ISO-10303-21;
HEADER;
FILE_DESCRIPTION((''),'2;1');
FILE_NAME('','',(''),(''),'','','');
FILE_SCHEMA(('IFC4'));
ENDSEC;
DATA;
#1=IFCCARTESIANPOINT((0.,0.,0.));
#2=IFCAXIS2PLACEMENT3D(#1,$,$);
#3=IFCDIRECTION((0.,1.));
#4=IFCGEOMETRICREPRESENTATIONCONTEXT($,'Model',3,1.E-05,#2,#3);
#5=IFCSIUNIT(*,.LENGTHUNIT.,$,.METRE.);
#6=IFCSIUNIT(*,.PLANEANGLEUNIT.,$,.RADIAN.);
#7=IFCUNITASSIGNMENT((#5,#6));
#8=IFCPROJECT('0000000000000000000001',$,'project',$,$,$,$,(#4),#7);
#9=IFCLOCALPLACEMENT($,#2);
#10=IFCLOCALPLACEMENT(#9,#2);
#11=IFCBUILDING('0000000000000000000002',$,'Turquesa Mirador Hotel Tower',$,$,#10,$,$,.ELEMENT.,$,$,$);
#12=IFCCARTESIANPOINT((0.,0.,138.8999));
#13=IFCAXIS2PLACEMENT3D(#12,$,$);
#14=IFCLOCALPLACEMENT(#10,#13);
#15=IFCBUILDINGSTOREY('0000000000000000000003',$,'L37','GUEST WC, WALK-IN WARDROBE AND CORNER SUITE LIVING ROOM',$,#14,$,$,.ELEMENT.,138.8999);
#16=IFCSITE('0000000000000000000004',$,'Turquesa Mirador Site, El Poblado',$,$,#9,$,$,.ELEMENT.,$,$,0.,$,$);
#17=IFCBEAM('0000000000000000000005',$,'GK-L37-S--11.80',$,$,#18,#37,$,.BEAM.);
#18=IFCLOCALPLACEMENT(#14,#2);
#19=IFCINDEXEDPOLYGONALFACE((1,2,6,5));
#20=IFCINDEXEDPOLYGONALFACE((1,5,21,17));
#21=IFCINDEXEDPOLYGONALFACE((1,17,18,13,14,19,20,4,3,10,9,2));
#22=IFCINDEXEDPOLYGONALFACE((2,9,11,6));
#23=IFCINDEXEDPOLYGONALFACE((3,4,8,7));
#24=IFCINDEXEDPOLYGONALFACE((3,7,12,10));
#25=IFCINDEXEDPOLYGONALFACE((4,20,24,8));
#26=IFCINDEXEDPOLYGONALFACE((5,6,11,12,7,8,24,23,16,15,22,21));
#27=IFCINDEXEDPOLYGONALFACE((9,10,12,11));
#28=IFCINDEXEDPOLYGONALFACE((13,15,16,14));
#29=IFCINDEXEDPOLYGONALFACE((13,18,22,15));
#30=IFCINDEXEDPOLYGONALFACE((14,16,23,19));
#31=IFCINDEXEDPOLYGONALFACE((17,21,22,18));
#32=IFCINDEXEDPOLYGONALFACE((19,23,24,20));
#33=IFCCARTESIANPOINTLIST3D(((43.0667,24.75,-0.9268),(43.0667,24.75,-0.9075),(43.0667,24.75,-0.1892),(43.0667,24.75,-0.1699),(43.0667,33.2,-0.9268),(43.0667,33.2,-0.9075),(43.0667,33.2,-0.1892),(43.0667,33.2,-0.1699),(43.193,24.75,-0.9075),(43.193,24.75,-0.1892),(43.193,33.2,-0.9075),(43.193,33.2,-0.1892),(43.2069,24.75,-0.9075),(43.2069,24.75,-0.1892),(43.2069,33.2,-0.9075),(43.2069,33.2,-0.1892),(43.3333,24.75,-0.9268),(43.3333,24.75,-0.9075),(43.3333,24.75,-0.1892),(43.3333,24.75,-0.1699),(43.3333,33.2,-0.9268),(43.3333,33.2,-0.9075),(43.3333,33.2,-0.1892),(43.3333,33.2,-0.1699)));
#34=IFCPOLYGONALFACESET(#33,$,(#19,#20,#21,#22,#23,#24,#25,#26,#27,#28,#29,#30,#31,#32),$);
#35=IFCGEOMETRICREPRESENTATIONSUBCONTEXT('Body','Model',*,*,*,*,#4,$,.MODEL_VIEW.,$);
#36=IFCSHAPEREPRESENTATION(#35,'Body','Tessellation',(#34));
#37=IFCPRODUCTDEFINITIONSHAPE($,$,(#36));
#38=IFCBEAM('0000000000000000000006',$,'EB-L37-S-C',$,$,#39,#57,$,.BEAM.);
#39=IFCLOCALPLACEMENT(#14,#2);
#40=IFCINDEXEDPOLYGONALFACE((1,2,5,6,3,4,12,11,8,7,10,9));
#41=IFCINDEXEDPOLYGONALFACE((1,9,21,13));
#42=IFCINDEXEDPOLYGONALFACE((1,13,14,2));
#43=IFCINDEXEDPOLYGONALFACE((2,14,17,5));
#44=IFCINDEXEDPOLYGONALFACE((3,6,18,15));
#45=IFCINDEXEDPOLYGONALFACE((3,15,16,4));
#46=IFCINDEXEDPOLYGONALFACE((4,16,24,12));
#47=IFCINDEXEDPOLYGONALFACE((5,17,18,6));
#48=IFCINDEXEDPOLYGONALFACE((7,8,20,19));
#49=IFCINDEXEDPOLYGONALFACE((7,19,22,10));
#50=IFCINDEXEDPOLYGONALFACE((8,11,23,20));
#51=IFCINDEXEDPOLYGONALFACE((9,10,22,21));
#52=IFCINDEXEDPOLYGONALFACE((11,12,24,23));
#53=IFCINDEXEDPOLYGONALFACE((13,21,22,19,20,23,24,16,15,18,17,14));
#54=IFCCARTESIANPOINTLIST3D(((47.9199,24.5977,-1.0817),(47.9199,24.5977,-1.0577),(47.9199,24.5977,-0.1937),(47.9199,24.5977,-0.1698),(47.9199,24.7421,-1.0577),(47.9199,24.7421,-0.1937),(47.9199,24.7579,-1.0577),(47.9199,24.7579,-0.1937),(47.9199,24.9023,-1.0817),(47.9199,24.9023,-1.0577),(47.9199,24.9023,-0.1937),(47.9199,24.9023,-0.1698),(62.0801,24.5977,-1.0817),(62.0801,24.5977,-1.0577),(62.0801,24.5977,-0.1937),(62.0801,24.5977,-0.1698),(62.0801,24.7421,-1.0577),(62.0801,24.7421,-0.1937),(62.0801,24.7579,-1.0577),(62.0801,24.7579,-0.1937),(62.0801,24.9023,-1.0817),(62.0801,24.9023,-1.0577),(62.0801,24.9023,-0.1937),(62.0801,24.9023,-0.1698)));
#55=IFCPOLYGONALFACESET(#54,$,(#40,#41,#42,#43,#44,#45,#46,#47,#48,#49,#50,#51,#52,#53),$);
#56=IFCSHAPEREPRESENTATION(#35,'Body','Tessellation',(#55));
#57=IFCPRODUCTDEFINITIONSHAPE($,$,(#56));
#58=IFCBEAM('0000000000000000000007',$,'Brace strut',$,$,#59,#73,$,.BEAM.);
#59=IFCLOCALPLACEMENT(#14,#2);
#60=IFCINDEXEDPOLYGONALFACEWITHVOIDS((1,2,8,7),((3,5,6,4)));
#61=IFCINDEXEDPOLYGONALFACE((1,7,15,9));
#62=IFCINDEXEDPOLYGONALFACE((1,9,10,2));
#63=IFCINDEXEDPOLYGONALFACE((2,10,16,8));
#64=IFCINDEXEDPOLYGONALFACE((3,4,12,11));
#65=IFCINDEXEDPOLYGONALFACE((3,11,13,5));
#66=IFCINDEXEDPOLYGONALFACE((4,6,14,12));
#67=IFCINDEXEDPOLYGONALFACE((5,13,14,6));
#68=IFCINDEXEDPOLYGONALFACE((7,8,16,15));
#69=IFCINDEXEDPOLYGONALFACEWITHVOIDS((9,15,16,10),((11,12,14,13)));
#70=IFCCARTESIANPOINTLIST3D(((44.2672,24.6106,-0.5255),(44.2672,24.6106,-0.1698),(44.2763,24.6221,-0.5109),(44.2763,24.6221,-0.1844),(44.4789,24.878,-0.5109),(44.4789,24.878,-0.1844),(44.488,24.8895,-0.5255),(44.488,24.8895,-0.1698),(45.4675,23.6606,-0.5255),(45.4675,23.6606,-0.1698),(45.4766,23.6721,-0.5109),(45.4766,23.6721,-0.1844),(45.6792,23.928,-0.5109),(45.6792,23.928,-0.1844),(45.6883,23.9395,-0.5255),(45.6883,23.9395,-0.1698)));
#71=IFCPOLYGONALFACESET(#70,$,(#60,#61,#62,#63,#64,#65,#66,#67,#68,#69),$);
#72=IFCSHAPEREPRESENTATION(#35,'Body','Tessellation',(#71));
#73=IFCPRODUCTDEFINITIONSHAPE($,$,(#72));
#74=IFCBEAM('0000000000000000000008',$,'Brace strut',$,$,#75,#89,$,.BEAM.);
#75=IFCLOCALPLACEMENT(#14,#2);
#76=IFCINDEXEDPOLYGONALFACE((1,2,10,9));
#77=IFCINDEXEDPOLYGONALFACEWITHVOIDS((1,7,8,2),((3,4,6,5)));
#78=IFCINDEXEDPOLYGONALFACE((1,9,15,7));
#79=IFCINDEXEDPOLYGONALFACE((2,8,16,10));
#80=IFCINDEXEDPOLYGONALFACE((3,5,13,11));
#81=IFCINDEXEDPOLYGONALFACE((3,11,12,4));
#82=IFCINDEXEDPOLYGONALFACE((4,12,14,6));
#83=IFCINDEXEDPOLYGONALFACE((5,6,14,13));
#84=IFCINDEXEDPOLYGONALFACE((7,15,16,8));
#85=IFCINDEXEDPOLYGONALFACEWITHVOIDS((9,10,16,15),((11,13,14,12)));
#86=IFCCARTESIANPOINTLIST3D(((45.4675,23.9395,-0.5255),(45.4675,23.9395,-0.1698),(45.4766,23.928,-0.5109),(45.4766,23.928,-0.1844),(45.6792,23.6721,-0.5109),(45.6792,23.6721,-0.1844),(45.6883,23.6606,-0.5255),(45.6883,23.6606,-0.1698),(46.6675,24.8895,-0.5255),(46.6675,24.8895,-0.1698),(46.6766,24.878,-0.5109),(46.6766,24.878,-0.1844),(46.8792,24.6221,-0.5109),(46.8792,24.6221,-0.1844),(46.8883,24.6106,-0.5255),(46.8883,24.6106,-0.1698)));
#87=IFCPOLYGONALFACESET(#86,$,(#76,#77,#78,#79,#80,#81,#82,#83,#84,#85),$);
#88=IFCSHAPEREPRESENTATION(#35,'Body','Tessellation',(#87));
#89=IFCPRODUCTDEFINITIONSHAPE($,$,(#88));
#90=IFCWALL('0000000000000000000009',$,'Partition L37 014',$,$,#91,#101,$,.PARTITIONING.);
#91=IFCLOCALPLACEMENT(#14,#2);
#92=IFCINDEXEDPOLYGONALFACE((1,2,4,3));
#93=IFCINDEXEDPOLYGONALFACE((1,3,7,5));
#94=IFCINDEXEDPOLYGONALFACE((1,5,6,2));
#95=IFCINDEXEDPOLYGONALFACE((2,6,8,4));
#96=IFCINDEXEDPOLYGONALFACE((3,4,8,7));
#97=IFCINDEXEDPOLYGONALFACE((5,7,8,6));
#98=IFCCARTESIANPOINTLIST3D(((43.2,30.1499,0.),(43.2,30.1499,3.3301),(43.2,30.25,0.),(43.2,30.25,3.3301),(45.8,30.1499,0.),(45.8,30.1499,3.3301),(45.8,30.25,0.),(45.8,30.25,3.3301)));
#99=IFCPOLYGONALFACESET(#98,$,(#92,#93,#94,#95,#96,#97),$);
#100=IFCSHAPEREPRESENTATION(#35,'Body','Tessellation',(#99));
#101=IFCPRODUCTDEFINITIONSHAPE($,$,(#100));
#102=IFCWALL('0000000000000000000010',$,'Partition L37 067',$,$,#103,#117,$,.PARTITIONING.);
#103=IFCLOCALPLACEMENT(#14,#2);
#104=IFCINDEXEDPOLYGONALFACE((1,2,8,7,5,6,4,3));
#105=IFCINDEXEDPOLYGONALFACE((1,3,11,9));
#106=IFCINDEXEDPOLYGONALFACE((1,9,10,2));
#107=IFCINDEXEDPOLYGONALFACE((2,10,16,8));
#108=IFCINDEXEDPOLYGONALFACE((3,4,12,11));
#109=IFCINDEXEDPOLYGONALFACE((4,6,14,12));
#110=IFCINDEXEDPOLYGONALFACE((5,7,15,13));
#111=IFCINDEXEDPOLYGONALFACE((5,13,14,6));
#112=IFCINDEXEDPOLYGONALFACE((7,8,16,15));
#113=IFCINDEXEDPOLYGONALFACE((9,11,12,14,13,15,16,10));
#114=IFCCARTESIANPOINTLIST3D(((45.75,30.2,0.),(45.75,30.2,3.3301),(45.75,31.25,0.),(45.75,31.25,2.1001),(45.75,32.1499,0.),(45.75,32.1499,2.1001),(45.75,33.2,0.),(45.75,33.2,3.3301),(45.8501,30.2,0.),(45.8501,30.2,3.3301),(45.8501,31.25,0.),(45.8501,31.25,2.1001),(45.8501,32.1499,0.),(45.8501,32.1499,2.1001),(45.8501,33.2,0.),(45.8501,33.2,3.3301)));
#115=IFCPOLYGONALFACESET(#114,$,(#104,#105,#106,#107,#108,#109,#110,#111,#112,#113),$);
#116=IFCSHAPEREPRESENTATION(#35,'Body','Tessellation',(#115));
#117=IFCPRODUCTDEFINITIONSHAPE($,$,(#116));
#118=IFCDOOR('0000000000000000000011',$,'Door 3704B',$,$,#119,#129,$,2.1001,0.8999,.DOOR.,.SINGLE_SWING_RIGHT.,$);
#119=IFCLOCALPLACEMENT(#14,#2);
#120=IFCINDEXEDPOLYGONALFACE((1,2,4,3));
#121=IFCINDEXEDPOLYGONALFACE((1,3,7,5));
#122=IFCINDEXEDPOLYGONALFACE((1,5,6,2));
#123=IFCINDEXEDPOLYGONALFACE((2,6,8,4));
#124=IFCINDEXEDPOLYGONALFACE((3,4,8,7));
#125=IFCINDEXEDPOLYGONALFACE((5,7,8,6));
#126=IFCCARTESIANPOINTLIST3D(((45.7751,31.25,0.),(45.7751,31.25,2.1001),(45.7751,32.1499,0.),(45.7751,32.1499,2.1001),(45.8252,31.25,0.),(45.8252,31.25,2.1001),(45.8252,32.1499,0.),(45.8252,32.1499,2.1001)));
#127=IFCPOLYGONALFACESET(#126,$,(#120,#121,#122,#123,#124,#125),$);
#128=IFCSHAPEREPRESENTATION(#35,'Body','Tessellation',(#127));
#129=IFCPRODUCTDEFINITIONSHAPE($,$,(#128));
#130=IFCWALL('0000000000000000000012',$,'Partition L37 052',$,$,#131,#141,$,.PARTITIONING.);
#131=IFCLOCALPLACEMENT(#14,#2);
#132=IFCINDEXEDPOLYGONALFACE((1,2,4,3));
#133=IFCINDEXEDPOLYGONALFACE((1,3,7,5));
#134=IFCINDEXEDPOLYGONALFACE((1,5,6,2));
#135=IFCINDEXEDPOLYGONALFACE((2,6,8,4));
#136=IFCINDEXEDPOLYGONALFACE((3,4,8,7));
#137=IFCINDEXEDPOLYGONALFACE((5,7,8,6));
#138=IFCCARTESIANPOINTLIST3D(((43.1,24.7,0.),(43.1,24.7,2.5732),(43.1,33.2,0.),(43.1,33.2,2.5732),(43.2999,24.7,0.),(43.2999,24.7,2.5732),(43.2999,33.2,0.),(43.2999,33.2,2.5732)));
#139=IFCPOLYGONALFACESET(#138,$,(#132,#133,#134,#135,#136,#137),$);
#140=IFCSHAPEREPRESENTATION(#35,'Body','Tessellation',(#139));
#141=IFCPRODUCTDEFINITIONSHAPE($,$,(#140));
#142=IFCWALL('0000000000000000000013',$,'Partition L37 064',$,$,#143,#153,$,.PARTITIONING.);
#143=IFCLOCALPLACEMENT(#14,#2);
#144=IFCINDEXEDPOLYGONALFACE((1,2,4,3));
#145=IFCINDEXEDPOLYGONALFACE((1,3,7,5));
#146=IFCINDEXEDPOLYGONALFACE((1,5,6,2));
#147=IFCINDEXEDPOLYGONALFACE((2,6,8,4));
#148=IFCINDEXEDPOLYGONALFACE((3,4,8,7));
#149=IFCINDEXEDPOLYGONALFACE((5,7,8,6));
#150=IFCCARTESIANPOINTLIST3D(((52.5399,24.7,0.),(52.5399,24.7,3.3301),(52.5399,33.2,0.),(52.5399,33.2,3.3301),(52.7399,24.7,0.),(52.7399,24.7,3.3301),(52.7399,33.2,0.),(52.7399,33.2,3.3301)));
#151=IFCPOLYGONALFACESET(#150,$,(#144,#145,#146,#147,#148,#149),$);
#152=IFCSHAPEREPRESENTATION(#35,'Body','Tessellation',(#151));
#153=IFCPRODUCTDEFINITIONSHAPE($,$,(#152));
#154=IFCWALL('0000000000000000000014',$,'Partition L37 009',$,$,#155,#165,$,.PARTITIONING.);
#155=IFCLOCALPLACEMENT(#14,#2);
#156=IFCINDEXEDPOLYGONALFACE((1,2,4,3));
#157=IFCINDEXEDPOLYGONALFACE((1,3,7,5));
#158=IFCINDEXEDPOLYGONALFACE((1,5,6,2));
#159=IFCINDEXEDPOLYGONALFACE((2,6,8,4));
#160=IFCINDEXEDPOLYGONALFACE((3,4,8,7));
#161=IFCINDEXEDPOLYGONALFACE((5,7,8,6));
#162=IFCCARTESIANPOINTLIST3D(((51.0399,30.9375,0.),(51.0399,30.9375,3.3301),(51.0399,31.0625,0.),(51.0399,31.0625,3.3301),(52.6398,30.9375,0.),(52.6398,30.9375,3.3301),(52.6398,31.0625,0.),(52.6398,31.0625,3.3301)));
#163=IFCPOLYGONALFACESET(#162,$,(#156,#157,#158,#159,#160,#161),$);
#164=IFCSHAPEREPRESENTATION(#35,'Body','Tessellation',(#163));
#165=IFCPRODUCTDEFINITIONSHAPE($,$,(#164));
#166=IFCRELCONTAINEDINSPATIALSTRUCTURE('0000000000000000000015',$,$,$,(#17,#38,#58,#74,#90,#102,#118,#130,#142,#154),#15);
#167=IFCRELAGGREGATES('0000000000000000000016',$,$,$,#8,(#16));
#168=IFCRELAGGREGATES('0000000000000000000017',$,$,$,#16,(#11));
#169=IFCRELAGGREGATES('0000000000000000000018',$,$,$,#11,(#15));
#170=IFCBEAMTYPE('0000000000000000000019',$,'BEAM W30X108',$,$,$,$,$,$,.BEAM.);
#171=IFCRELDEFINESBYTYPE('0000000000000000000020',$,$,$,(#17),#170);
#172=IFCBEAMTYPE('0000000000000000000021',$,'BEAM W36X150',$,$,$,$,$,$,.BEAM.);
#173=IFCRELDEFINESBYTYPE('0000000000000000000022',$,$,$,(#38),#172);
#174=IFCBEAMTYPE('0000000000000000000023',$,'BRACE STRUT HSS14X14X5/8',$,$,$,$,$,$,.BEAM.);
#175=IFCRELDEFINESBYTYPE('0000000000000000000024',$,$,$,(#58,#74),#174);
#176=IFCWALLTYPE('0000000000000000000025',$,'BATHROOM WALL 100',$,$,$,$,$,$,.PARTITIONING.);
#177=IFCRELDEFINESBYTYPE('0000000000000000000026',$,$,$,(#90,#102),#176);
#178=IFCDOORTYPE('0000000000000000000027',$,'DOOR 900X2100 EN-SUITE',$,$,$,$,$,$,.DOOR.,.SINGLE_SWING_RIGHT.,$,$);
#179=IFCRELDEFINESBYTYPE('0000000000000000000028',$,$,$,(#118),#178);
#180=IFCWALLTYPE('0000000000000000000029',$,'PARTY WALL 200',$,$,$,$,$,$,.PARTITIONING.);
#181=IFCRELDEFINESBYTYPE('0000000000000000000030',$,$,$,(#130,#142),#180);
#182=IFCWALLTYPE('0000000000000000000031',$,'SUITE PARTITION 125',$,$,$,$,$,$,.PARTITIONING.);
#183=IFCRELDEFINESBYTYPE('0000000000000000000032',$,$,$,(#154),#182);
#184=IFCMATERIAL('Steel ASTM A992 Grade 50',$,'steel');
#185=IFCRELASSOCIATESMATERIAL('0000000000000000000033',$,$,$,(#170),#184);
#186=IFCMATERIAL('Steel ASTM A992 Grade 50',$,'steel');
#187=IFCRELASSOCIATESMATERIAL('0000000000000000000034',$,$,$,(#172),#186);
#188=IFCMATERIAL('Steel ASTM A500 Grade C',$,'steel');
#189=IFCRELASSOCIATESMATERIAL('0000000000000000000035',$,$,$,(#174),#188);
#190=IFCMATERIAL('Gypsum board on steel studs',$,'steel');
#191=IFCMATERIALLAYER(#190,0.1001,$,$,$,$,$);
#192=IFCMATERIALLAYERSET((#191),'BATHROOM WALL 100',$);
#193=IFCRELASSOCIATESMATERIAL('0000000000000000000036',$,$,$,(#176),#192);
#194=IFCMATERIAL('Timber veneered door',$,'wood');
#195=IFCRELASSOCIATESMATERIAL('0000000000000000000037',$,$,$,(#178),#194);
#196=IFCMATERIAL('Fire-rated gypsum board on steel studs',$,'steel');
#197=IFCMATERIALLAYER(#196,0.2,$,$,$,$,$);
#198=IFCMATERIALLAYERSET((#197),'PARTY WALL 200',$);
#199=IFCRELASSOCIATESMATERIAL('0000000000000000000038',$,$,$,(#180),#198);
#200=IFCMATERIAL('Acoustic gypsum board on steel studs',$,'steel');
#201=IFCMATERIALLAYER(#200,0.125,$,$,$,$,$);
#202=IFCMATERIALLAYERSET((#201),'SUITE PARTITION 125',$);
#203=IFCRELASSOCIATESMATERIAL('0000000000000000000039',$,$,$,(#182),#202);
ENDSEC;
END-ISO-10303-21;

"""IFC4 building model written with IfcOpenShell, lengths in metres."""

from ifc_helpers import new_model, si_unit, direction, frame, frame_2d, origin, origin_2d, place, context, subcontext, project, spatial, rectangle, hollow_rectangle, i_section, extrude, material, layer, layer_set, material_profile, profile_set, type_object, element, fill, save


model = new_model("IFC4")

# Units and contexts
model_context = context("Model", 3, precision=1e-05, world=origin(), true_north=direction((0.0, 1.0)))
body_context = subcontext(model_context, "Body", "Model", "MODEL_VIEW")
ifc_project = project(units=[si_unit("LENGTHUNIT", "METRE"), si_unit("PLANEANGLEUNIT", "RADIAN")], contexts=[model_context])

# Site, building, storey
site_placement = place(None, origin())
site = spatial("IfcSite", under=ifc_project, at=site_placement, Name="Turquesa Mirador Site, El Poblado", CompositionType="ELEMENT", RefElevation=0.0)
building_placement = place(site_placement, origin())
building = spatial("IfcBuilding", under=site, at=building_placement, Name="Turquesa Mirador Hotel Tower", CompositionType="ELEMENT")
storey_placement = place(building_placement, frame((0.0, 0.0, 138.8999)))
storey = spatial("IfcBuildingStorey", under=building, at=storey_placement, Name="L37", Description="GUEST WC, WALK-IN WARDROBE AND CORNER SUITE LIVING ROOM", CompositionType="ELEMENT", Elevation=138.8999)

# Beams
ifc_material_1 = material(Name="Steel ASTM A992 Grade 50", Category="steel")
ifc_material_profile_1 = material_profile(ifc_material_1, i_section(OverallWidth=0.2666, OverallDepth=0.7568, WebThickness=0.0139, FlangeThickness=0.0193, at=origin_2d()), Name="W30X108")
ifc_profile_set_1 = profile_set([ifc_material_profile_1], Name="Steel ASTM A992 Grade 50")
beam_type_1 = type_object("IfcBeamType", Name="BEAM W30X108", PredefinedType="BEAM", material=ifc_profile_set_1)
beam_1_placement = place(storey_placement, frame((43.2, 24.75, -0.5483), z_axis=(0.0, 1.0, 0.0), x_axis=(-1.0, 0.0, 0.0)))
element("IfcBeam", 1, at=beam_1_placement, inside=storey, type_object=beam_type_1, Name="GK-L37-S--11.80", PredefinedType="BEAM", context=body_context, shape_type="SweptSolid", body=[
    extrude(i_section(OverallWidth=0.2666, OverallDepth=0.7568, WebThickness=0.0139, FlangeThickness=0.0193, at=origin_2d()), origin(), (0.0, 0.0, 1.0), 8.45),
])
ifc_material_2 = material(Name="Steel ASTM A992 Grade 50", Category="steel")
ifc_material_profile_2 = material_profile(ifc_material_2, i_section(OverallWidth=0.3047, OverallDepth=0.9119, WebThickness=0.0159, FlangeThickness=0.0239, at=origin_2d()), Name="W36X150")
ifc_profile_set_2 = profile_set([ifc_material_profile_2], Name="Steel ASTM A992 Grade 50")
beam_type_2 = type_object("IfcBeamType", Name="BEAM W36X150", PredefinedType="BEAM", material=ifc_profile_set_2)
beam_2_placement = place(storey_placement, frame((47.9199, 24.75, -0.6257), z_axis=(1.0, 0.0, 0.0), x_axis=(0.0, 1.0, 0.0)))
element("IfcBeam", 2, at=beam_2_placement, inside=storey, type_object=beam_type_2, Name="EB-L37-S-C", PredefinedType="BEAM", context=body_context, shape_type="SweptSolid", body=[
    extrude(i_section(OverallWidth=0.3047, OverallDepth=0.9119, WebThickness=0.0159, FlangeThickness=0.0239, at=origin_2d()), origin(), (0.0, 0.0, 1.0), 14.1602),
])
ifc_material_3 = material(Name="Steel ASTM A500 Grade C", Category="steel")
ifc_material_profile_3 = material_profile(ifc_material_3, hollow_rectangle(XDim=0.3557, YDim=0.3557, WallThickness=0.0146, at=origin_2d()), Name="HSS14X14X5/8")
ifc_profile_set_3 = profile_set([ifc_material_profile_3], Name="Steel ASTM A500 Grade C")
beam_type_3 = type_object("IfcBeamType", Name="BRACE STRUT HSS14X14X5/8", PredefinedType="BEAM", material=ifc_profile_set_3)
beam_3_placement = place(storey_placement, frame((45.5779, 23.8, -0.3477), z_axis=(-0.784111, 0.620621, 0.0), x_axis=(-0.620621, -0.784111, 0.0)))
element("IfcBeam", 3, at=beam_3_placement, inside=storey, type_object=beam_type_3, Name="Brace strut", PredefinedType="BEAM", context=body_context, shape_type="SweptSolid", body=[
    extrude(hollow_rectangle(XDim=0.3557, YDim=0.3557, WallThickness=0.0146, at=origin_2d()), origin(), (0.0, 0.0, 1.0), 1.5308),
])
beam_4_placement = place(storey_placement, frame((45.5779, 23.8, -0.3477), z_axis=(0.784049, 0.620699, 0.0), x_axis=(-0.620699, 0.784049, 0.0)))
element("IfcBeam", 4, at=beam_4_placement, inside=storey, type_object=beam_type_3, Name="Brace strut", PredefinedType="BEAM", context=body_context, shape_type="SweptSolid", body=[
    extrude(hollow_rectangle(XDim=0.3557, YDim=0.3557, WallThickness=0.0146, at=origin_2d()), origin(), (0.0, 0.0, 1.0), 1.5305),
])

# Wall
ifc_material_4 = material(Name="Gypsum board on steel studs", Category="steel")
ifc_layer_1 = layer(ifc_material_4, 0.1001)
ifc_layer_set_1 = layer_set([ifc_layer_1], Name="BATHROOM WALL 100")
wall_type_1 = type_object("IfcWallType", Name="BATHROOM WALL 100", PredefinedType="PARTITIONING", material=ifc_layer_set_1)
wall_1_placement = place(storey_placement, frame((43.2, 30.2, 0.0), z_axis=(0.0, 0.0, 1.0), x_axis=(1.0, 0.0, 0.0)))
element("IfcWall", 5, at=wall_1_placement, inside=storey, type_object=wall_type_1, Name="Partition L37 014", PredefinedType="PARTITIONING", context=body_context, shape_type="SweptSolid", body=[
    extrude(rectangle(XDim=2.6001, YDim=0.1001, at=frame_2d((1.3, 0.0))), origin(), (0.0, 0.0, 1.0), 3.3301),
])

# Wall, opening, door
wall_2_placement = place(storey_placement, frame((45.8, 30.2, 0.0), z_axis=(0.0, 0.0, 1.0), x_axis=(0.0, 1.0, 0.0)))
wall_2 = element("IfcWall", 6, at=wall_2_placement, inside=storey, type_object=wall_type_1, Name="Partition L37 067", PredefinedType="PARTITIONING", context=body_context, shape_type="SweptSolid", body=[
    extrude(rectangle(XDim=3.0, YDim=0.1001, at=frame_2d((1.5, 0.0))), origin(), (0.0, 0.0, 1.0), 3.3301),
])
opening_placement = place(wall_2_placement, frame((1.05, 0.0, 0.0)))
opening = element("IfcOpeningElement", 7, at=opening_placement, cuts=wall_2, PredefinedType="OPENING", context=body_context, shape_type="SweptSolid", body=[
    extrude(rectangle(XDim=0.8999, YDim=2.1001, at=frame_2d((0.45, 1.05))), frame((0.0, 0.0601, 0.0), z_axis=(0.0, -1.0, 0.0), x_axis=(1.0, 0.0, 0.0)), (0.0, 0.0, 1.0), 0.1201),
])
ifc_material_5 = material(Name="Timber veneered door", Category="wood")
door_type = type_object("IfcDoorType", Name="DOOR 900X2100 EN-SUITE", OperationType="SINGLE_SWING_RIGHT", PredefinedType="DOOR", material=ifc_material_5)
door_placement = place(opening_placement, origin())
door = element("IfcDoor", 8, at=door_placement, inside=storey, type_object=door_type, Name="Door 3704B", OperationType="SINGLE_SWING_RIGHT", OverallHeight=2.1001, OverallWidth=0.8999, PredefinedType="DOOR", context=body_context, shape_type="SweptSolid", body=[
    extrude(rectangle(XDim=0.8999, YDim=2.1001, at=frame_2d((0.45, 1.05))), frame((0.0, 0.0249, 0.0), z_axis=(0.0, -1.0, 0.0), x_axis=(1.0, 0.0, 0.0)), (0.0, 0.0, 1.0), 0.05),
])
fill(opening, door)

# Walls
ifc_material_6 = material(Name="Fire-rated gypsum board on steel studs", Category="steel")
ifc_layer_2 = layer(ifc_material_6, 0.2)
ifc_layer_set_2 = layer_set([ifc_layer_2], Name="PARTY WALL 200")
wall_type_2 = type_object("IfcWallType", Name="PARTY WALL 200", PredefinedType="PARTITIONING", material=ifc_layer_set_2)
wall_3_placement = place(storey_placement, frame((43.2, 24.7, 0.0), z_axis=(0.0, 0.0, 1.0), x_axis=(0.0, 1.0, 0.0)))
element("IfcWall", 9, at=wall_3_placement, inside=storey, type_object=wall_type_2, Name="Partition L37 052", PredefinedType="PARTITIONING", context=body_context, shape_type="SweptSolid", body=[
    extrude(rectangle(XDim=8.5, YDim=0.2, at=frame_2d((4.25, 0.0))), origin(), (0.0, 0.0, 1.0), 2.5732),
])
wall_4_placement = place(storey_placement, frame((52.6399, 24.7, 0.0), z_axis=(0.0, 0.0, 1.0), x_axis=(0.0, 1.0, 0.0)))
element("IfcWall", 10, at=wall_4_placement, inside=storey, type_object=wall_type_2, Name="Partition L37 064", PredefinedType="PARTITIONING", context=body_context, shape_type="SweptSolid", body=[
    extrude(rectangle(XDim=8.5, YDim=0.2, at=frame_2d((4.25, 0.0))), origin(), (0.0, 0.0, 1.0), 3.3301),
])
ifc_material_7 = material(Name="Acoustic gypsum board on steel studs", Category="steel")
ifc_layer_3 = layer(ifc_material_7, 0.125)
ifc_layer_set_3 = layer_set([ifc_layer_3], Name="SUITE PARTITION 125")
wall_type_3 = type_object("IfcWallType", Name="SUITE PARTITION 125", PredefinedType="PARTITIONING", material=ifc_layer_set_3)
wall_5_placement = place(storey_placement, frame((51.04, 31.0, 0.0), z_axis=(0.0, 0.0, 1.0), x_axis=(1.0, 0.0, 0.0)))
element("IfcWall", 11, at=wall_5_placement, inside=storey, type_object=wall_type_3, Name="Partition L37 009", PredefinedType="PARTITIONING", context=body_context, shape_type="SweptSolid", body=[
    extrude(rectangle(XDim=1.5999, YDim=0.125, at=frame_2d((0.7998, 0.0))), origin(), (0.0, 0.0, 1.0), 3.3301),
])

save(model, "model.ifc")
